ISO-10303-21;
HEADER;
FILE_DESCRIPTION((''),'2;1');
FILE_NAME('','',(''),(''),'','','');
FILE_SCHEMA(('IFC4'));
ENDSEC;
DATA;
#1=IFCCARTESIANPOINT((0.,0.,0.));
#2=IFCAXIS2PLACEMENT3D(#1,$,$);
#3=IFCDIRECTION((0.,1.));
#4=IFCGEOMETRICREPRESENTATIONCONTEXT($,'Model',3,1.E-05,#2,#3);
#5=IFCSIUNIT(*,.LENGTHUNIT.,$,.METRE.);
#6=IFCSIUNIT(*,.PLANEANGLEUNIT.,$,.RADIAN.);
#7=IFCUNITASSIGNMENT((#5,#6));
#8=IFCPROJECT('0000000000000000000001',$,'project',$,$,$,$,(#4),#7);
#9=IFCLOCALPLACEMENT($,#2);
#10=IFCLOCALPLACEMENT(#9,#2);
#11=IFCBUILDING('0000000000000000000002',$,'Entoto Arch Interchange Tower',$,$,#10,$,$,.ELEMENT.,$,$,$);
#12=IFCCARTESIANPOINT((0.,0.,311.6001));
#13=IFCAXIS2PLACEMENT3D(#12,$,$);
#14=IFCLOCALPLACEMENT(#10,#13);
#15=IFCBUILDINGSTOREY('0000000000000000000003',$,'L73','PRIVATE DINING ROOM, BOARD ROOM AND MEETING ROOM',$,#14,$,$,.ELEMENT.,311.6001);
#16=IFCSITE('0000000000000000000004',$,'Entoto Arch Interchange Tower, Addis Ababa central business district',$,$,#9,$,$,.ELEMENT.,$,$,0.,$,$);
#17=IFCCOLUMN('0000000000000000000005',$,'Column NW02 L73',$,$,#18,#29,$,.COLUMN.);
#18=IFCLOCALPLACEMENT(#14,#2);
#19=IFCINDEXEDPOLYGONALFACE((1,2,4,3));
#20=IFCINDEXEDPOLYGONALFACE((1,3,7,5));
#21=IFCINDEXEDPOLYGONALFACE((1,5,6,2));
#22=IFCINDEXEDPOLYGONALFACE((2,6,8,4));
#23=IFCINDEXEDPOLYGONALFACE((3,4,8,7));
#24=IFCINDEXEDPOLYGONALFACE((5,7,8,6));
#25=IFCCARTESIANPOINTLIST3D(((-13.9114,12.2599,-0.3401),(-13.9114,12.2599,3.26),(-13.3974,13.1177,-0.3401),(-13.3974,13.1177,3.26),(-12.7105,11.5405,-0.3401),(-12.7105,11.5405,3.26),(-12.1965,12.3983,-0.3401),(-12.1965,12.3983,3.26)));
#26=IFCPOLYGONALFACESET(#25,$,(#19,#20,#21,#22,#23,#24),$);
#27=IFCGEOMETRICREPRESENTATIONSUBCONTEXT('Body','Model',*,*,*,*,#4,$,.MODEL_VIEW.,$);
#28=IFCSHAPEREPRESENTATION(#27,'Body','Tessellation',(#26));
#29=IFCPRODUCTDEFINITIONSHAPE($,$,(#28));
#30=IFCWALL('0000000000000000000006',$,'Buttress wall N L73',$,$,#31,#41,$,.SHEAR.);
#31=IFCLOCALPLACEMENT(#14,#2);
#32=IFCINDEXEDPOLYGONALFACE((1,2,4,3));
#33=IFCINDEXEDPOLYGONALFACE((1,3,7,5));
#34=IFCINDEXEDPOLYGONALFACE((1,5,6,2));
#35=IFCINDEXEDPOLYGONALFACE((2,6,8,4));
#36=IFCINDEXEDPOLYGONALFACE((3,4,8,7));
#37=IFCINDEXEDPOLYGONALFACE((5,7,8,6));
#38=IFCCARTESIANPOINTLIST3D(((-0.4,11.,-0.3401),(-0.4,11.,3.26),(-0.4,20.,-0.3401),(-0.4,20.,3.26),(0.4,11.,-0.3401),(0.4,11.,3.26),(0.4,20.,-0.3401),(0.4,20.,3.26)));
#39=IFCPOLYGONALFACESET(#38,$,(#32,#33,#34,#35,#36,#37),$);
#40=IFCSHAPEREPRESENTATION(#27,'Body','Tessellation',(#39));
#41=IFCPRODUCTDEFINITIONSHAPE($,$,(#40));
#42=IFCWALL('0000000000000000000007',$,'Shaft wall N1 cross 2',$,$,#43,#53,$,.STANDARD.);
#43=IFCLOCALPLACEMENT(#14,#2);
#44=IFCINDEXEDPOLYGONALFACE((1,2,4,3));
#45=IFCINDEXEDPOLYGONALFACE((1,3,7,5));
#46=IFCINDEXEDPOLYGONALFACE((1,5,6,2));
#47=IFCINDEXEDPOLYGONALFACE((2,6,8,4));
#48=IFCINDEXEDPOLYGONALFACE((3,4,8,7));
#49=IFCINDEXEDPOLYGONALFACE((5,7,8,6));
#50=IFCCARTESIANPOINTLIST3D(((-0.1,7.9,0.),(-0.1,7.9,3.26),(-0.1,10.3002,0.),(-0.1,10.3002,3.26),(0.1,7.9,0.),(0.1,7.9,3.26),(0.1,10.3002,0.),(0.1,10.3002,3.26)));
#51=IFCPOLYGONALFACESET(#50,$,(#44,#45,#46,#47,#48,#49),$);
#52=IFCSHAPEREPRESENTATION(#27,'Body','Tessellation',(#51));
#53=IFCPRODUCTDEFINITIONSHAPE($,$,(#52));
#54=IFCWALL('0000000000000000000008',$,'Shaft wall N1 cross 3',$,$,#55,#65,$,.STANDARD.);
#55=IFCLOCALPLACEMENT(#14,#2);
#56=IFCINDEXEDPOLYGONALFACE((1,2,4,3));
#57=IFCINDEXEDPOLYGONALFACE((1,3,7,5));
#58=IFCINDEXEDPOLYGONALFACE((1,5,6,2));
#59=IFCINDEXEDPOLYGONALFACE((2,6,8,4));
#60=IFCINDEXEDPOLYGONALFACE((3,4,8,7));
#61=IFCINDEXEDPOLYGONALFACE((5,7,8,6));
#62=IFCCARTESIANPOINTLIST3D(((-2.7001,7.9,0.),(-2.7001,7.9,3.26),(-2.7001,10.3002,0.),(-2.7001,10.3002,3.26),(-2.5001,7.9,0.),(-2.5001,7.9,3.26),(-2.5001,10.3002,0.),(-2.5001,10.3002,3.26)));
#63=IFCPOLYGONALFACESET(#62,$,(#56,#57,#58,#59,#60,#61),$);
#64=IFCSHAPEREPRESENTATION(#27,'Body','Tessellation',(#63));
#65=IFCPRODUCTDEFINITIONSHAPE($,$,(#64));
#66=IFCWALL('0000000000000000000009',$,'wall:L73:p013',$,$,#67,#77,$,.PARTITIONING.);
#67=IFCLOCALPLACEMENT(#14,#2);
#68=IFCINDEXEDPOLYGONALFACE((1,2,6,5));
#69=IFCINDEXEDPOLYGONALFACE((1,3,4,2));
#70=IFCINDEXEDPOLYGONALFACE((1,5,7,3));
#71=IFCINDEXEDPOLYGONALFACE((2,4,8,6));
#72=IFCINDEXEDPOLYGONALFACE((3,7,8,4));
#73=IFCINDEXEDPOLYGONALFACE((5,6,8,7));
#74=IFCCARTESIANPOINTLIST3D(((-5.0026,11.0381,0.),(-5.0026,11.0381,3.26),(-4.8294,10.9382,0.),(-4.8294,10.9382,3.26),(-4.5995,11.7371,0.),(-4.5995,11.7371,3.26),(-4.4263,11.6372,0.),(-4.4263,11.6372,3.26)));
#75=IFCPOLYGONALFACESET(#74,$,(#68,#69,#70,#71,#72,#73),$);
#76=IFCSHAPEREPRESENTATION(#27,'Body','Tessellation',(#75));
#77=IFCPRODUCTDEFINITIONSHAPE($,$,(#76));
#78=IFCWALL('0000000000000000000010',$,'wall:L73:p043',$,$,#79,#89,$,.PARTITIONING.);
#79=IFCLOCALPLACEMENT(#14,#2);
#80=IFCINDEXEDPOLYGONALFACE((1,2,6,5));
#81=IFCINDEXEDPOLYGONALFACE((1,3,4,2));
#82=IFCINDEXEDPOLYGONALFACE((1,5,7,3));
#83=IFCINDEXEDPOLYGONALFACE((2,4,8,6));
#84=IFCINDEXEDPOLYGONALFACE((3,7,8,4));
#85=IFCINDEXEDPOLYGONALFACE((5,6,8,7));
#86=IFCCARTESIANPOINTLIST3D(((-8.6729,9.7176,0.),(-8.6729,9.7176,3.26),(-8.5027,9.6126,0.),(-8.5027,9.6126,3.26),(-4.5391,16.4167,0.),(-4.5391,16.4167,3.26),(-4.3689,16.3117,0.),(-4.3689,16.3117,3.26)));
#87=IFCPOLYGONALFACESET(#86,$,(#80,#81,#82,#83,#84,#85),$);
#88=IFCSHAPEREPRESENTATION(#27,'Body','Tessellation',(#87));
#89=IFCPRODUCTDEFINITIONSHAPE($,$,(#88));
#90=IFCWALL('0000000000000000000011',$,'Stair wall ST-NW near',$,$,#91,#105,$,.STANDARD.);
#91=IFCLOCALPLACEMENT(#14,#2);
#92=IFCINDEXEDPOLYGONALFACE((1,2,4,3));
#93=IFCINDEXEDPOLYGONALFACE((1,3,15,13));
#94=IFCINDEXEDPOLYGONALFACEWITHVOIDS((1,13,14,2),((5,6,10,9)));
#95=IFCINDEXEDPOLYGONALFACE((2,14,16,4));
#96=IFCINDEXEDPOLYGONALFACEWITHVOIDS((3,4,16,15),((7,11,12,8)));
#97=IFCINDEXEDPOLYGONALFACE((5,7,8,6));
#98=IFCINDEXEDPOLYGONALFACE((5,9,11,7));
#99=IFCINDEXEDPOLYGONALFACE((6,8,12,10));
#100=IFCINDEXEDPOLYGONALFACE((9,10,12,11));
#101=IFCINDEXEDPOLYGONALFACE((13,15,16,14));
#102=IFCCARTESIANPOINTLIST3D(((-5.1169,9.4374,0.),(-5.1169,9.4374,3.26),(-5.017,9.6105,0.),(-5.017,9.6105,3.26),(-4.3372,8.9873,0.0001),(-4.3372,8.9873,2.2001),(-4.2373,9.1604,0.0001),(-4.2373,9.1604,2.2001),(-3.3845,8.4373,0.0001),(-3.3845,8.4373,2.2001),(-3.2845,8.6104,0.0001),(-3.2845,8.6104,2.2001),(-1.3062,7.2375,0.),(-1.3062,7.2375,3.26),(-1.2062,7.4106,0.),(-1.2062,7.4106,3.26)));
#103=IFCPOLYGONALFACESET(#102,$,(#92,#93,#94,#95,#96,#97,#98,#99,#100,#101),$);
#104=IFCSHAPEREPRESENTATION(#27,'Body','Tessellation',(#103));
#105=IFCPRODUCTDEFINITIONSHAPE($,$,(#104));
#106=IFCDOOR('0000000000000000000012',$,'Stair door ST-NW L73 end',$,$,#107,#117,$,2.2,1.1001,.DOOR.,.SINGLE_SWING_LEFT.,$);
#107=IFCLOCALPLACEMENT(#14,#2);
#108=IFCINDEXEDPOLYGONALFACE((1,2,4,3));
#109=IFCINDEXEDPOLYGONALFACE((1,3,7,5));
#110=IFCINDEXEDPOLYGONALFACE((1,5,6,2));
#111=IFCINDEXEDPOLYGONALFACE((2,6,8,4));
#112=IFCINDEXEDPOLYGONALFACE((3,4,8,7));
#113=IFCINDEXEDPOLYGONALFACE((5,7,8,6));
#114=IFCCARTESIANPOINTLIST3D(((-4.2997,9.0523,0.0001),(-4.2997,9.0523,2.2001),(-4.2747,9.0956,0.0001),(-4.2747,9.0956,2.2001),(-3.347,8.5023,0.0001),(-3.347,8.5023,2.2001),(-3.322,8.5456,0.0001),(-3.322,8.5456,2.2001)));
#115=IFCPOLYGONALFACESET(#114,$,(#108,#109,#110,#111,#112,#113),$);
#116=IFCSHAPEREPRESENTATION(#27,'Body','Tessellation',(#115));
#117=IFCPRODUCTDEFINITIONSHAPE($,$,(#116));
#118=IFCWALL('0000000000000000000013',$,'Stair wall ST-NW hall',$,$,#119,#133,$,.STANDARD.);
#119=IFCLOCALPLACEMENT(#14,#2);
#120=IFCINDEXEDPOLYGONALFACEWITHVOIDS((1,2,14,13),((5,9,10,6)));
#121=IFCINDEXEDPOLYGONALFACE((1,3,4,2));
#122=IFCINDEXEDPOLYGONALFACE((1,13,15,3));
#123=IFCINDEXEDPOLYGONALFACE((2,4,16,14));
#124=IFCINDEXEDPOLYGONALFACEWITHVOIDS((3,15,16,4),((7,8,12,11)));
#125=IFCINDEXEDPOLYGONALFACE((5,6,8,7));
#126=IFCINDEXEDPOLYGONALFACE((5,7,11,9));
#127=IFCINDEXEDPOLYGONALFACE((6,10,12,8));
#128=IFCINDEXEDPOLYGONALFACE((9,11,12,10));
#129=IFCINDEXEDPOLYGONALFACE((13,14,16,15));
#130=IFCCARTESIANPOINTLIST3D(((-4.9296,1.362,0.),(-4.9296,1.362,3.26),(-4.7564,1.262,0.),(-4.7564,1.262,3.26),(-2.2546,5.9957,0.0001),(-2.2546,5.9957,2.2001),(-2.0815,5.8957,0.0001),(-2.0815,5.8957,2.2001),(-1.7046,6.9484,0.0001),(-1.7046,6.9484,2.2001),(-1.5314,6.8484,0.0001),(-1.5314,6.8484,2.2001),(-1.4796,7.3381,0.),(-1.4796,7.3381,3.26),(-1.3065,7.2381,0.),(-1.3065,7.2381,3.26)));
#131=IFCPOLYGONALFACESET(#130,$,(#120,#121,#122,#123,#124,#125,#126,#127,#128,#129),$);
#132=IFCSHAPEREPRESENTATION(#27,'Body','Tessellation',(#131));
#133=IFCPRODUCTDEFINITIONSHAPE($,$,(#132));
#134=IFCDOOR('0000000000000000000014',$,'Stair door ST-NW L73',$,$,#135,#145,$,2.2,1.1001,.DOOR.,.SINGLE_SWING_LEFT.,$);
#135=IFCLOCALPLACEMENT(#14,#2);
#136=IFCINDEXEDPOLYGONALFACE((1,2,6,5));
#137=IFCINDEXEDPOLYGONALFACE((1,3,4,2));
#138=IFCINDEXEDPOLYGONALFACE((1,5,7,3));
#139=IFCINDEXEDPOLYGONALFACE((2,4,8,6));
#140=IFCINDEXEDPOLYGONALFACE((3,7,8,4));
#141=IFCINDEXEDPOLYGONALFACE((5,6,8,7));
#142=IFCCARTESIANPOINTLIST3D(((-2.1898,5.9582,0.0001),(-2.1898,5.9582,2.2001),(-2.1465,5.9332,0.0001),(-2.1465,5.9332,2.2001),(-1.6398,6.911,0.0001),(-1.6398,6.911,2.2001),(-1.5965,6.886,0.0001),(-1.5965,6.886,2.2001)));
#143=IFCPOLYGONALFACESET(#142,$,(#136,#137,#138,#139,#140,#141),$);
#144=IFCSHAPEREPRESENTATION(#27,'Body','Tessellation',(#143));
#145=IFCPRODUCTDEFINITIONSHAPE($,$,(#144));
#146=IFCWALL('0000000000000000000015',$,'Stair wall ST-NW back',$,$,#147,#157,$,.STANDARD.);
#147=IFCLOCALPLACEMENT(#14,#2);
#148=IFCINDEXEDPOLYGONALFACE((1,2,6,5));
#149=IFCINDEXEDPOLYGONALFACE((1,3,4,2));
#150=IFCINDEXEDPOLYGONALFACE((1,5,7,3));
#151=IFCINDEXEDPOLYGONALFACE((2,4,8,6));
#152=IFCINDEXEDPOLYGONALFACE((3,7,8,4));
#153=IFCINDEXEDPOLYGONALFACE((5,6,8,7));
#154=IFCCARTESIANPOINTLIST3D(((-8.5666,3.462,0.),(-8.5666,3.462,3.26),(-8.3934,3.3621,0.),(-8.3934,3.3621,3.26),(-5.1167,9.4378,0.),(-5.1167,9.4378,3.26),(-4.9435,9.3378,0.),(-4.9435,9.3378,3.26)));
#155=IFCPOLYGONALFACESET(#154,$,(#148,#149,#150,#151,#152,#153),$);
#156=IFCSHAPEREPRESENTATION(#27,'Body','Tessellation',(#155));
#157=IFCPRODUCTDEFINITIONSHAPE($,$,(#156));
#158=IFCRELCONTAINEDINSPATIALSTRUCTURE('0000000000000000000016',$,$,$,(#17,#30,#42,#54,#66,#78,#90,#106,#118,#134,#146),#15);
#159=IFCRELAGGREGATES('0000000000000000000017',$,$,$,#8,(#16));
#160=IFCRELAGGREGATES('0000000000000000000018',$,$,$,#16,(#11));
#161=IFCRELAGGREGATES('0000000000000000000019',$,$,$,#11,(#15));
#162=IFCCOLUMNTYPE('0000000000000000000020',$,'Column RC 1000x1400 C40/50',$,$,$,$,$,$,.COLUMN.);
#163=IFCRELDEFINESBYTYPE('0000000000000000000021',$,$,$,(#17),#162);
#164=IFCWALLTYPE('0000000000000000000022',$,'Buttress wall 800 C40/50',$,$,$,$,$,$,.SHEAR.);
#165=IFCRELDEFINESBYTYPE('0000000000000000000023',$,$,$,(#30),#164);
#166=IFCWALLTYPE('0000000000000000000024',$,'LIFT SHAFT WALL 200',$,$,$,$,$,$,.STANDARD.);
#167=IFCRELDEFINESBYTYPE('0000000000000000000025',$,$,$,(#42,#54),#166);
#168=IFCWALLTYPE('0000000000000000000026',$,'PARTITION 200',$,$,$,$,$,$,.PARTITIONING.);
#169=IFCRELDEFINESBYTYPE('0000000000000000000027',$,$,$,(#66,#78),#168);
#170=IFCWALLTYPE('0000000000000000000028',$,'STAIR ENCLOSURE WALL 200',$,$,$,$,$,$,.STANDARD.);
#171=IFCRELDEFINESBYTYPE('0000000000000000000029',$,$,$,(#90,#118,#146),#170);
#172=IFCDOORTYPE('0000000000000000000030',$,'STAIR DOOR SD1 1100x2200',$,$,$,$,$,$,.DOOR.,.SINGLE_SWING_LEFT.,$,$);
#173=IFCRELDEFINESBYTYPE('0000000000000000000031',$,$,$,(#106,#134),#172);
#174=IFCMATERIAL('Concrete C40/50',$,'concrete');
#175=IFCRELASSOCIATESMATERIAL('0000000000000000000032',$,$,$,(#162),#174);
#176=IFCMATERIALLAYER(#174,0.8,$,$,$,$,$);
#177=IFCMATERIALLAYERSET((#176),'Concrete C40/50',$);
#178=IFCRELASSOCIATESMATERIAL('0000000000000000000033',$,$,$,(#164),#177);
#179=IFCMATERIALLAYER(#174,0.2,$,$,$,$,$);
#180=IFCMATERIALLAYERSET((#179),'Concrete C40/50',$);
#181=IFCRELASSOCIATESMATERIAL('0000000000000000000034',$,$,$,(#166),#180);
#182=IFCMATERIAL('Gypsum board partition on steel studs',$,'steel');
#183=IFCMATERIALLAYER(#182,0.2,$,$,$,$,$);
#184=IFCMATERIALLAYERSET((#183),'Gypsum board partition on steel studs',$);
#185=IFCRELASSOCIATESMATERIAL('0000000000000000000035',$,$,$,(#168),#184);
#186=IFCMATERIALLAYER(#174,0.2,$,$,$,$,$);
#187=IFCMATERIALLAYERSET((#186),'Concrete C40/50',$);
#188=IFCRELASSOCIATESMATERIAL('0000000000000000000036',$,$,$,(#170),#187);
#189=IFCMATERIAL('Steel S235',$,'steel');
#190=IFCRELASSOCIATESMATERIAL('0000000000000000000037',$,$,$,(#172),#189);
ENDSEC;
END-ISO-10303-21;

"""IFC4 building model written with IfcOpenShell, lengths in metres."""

from ifc_helpers import new_model, si_unit, direction, frame, frame_2d, origin, origin_2d, place, context, subcontext, project, spatial, rectangle, extrude, material, layer, layer_set, material_profile, profile_set, type_object, element, fill, save


model = new_model("IFC4")

# Units and contexts
model_context = context("Model", 3, precision=1e-05, world=origin(), true_north=direction((0.0, 1.0)))
body_context = subcontext(model_context, "Body", "Model", "MODEL_VIEW")
ifc_project = project(units=[si_unit("LENGTHUNIT", "METRE"), si_unit("PLANEANGLEUNIT", "RADIAN")], contexts=[model_context])

# Site, building, storey
site_placement = place(None, origin())
site = spatial("IfcSite", under=ifc_project, at=site_placement, Name="Entoto Arch Interchange Tower, Addis Ababa central business district", CompositionType="ELEMENT", RefElevation=0.0)
building_placement = place(site_placement, origin())
building = spatial("IfcBuilding", under=site, at=building_placement, Name="Entoto Arch Interchange Tower", CompositionType="ELEMENT")
storey_placement = place(building_placement, frame((0.0, 0.0, 311.6001)))
storey = spatial("IfcBuildingStorey", under=building, at=storey_placement, Name="L73", Description="PRIVATE DINING ROOM, BOARD ROOM AND MEETING ROOM", CompositionType="ELEMENT", Elevation=311.6001)

# Column
ifc_material_1 = material(Name="Concrete C40/50", Category="concrete")
ifc_material_profile = material_profile(ifc_material_1, rectangle(XDim=1.0, YDim=1.3999, at=origin_2d()))
ifc_profile_set = profile_set([ifc_material_profile], Name="Concrete C40/50")
column_type = type_object("IfcColumnType", Name="Column RC 1000x1400 C40/50", PredefinedType="COLUMN", material=ifc_profile_set)
column_placement = place(storey_placement, frame((-13.054, 12.3291, -0.3401), z_axis=(0.0, 0.0, 1.0), x_axis=(0.513946, 0.857823, 0.0)))
element("IfcColumn", 1, at=column_placement, inside=storey, type_object=column_type, Name="Column NW02 L73", PredefinedType="COLUMN", context=body_context, shape_type="SweptSolid", body=[
    extrude(rectangle(XDim=1.0, YDim=1.3999, at=origin_2d()), origin(), (0.0, 0.0, 1.0), 3.6001),
])

# Walls
ifc_layer_1 = layer(ifc_material_1, 0.8)
ifc_layer_set_1 = layer_set([ifc_layer_1], Name="Concrete C40/50")
wall_type_1 = type_object("IfcWallType", Name="Buttress wall 800 C40/50", PredefinedType="SHEAR", material=ifc_layer_set_1)
wall_1_placement = place(storey_placement, frame((0.0, 11.0, -0.3401), z_axis=(0.0, 0.0, 1.0), x_axis=(0.0, 1.0, 0.0)))
element("IfcWall", 2, at=wall_1_placement, inside=storey, type_object=wall_type_1, Name="Buttress wall N L73", PredefinedType="SHEAR", context=body_context, shape_type="SweptSolid", body=[
    extrude(rectangle(XDim=9.0, YDim=0.8, at=frame_2d((4.5, 0.0))), origin(), (0.0, 0.0, 1.0), 3.6001),
])
ifc_layer_2 = layer(ifc_material_1, 0.2)
ifc_layer_set_2 = layer_set([ifc_layer_2], Name="Concrete C40/50")
wall_type_2 = type_object("IfcWallType", Name="LIFT SHAFT WALL 200", PredefinedType="STANDARD", material=ifc_layer_set_2)
for number, where, z_axis, x_axis, name in (
    (3, (0.0, 7.8999, 0.0), (0.0, 0.0, 1.0), (0.0, 1.0, 0.0), "Shaft wall N1 cross 2"),
    (4, (-2.6001, 7.8999, 0.0), (0.0, 0.0, 1.0), (0.0, 1.0, 0.0), "Shaft wall N1 cross 3"),
):
    element("IfcWall", number, at=place(storey_placement, frame(where, z_axis=z_axis, x_axis=x_axis)), inside=storey, type_object=wall_type_2, Name=name, PredefinedType="STANDARD", context=body_context, shape_type="SweptSolid", body=[
        extrude(rectangle(XDim=2.4001, YDim=0.2, at=frame_2d((1.2002, 0.0))), origin(), (0.0, 0.0, 1.0), 3.26),
    ])
ifc_material_2 = material(Name="Gypsum board partition on steel studs", Category="steel")
ifc_layer_3 = layer(ifc_material_2, 0.2)
ifc_layer_set_3 = layer_set([ifc_layer_3], Name="Gypsum board partition on steel studs")
wall_type_3 = type_object("IfcWallType", Name="PARTITION 200", PredefinedType="PARTITIONING", material=ifc_layer_set_3)
wall_2_placement = place(storey_placement, frame((-4.5129, 11.687, 0.0), z_axis=(0.0, 0.0, 1.0), x_axis=(-0.499557, -0.866281, 0.0)))
element("IfcWall", 5, at=wall_2_placement, inside=storey, type_object=wall_type_3, Name="wall:L73:p013", PredefinedType="PARTITIONING", context=body_context, shape_type="SweptSolid", body=[
    extrude(rectangle(XDim=0.8069, YDim=0.2, at=frame_2d((0.4033, 0.0))), origin(), (0.0, 0.0, 1.0), 3.26),
])
wall_3_placement = place(storey_placement, frame((-8.5879, 9.665, 0.0), z_axis=(0.0, 0.0, 1.0), x_axis=(0.525142, 0.851014, 0.0)))
element("IfcWall", 6, at=wall_3_placement, inside=storey, type_object=wall_type_3, Name="wall:L73:p043", PredefinedType="PARTITIONING", context=body_context, shape_type="SweptSolid", body=[
    extrude(rectangle(XDim=7.8718, YDim=0.2, at=frame_2d((3.936, 0.0))), origin(), (0.0, 0.0, 1.0), 3.26),
])

# Walls, openings, doors
ifc_layer_4 = layer(ifc_material_1, 0.2)
ifc_layer_set_4 = layer_set([ifc_layer_4], Name="Concrete C40/50")
wall_type_4 = type_object("IfcWallType", Name="STAIR ENCLOSURE WALL 200", PredefinedType="STANDARD", material=ifc_layer_set_4)
wall_4_placement = place(storey_placement, frame((-1.2561, 7.324, 0.0), z_axis=(0.0, 0.0, 1.0), x_axis=(-0.866046, 0.499964, 0.0)))
wall_4 = element("IfcWall", 7, at=wall_4_placement, inside=storey, type_object=wall_type_4, Name="Stair wall ST-NW near", PredefinedType="STANDARD", context=body_context, shape_type="SweptSolid", body=[
    extrude(rectangle(XDim=4.4001, YDim=0.2, at=frame_2d((2.2002, 0.0))), origin(), (0.0, 0.0, 1.0), 3.26),
])
opening_1_placement = place(wall_4_placement, frame((2.3999, 0.0, 0.0)))
opening_1 = element("IfcOpeningElement", 8, at=opening_1_placement, cuts=wall_4, PredefinedType="OPENING", context=body_context, shape_type="SweptSolid", body=[
    extrude(rectangle(XDim=1.1001, YDim=2.2, at=frame_2d((0.55, 1.1001))), frame((0.0, 0.1099, 0.0), z_axis=(0.0, -1.0, 0.0), x_axis=(1.0, 0.0, 0.0)), (0.0, 0.0, 1.0), 0.22),
])
ifc_material_3 = material(Name="Steel S235", Category="steel")
door_type = type_object("IfcDoorType", Name="STAIR DOOR SD1 1100x2200", OperationType="SINGLE_SWING_LEFT", PredefinedType="DOOR", material=ifc_material_3)
door_1_placement = place(opening_1_placement, origin())
door_1 = element("IfcDoor", 9, at=door_1_placement, inside=storey, type_object=door_type, Name="Stair door ST-NW L73 end", OperationType="SINGLE_SWING_LEFT", OverallHeight=2.2, OverallWidth=1.1001, PredefinedType="DOOR", context=body_context, shape_type="SweptSolid", body=[
    extrude(rectangle(XDim=1.1001, YDim=2.2, at=frame_2d((0.55, 1.1001))), frame((0.0, 0.0249, 0.0), z_axis=(0.0, -1.0, 0.0), x_axis=(1.0, 0.0, 0.0)), (0.0, 0.0, 1.0), 0.05),
])
fill(opening_1, door_1)
wall_5_placement = place(storey_placement, frame((-1.3931, 7.2881, 0.0), z_axis=(0.0, 0.0, 1.0), x_axis=(-0.499963, -0.866047, 0.0)))
wall_5 = element("IfcWall", 10, at=wall_5_placement, inside=storey, type_object=wall_type_4, Name="Stair wall ST-NW hall", PredefinedType="STANDARD", context=body_context, shape_type="SweptSolid", body=[
    extrude(rectangle(XDim=6.9004, YDim=0.2, at=frame_2d((3.4502, 0.0))), origin(), (0.0, 0.0, 1.0), 3.26),
])
opening_2_placement = place(wall_5_placement, frame((0.45, 0.0, 0.0)))
opening_2 = element("IfcOpeningElement", 11, at=opening_2_placement, cuts=wall_5, PredefinedType="OPENING", context=body_context, shape_type="SweptSolid", body=[
    extrude(rectangle(XDim=1.1001, YDim=2.2, at=frame_2d((0.55, 1.1001))), frame((0.0, 0.1099, 0.0), z_axis=(0.0, -1.0, 0.0), x_axis=(1.0, 0.0, 0.0)), (0.0, 0.0, 1.0), 0.22),
])
door_2_placement = place(opening_2_placement, origin())
door_2 = element("IfcDoor", 12, at=door_2_placement, inside=storey, type_object=door_type, Name="Stair door ST-NW L73", OperationType="SINGLE_SWING_LEFT", OverallHeight=2.2, OverallWidth=1.1001, PredefinedType="DOOR", context=body_context, shape_type="SweptSolid", body=[
    extrude(rectangle(XDim=1.1001, YDim=2.2, at=frame_2d((0.55, 1.1001))), frame((0.0, 0.0249, 0.0), z_axis=(0.0, -1.0, 0.0), x_axis=(1.0, 0.0, 0.0)), (0.0, 0.0, 1.0), 0.05),
])
fill(opening_2, door_2)

# Wall
wall_6_placement = place(storey_placement, frame((-5.03, 9.3879, 0.0), z_axis=(0.0, 0.0, 1.0), x_axis=(-0.499979, -0.866038, 0.0)))
element("IfcWall", 13, at=wall_6_placement, inside=storey, type_object=wall_type_4, Name="Stair wall ST-NW back", PredefinedType="STANDARD", context=body_context, shape_type="SweptSolid", body=[
    extrude(rectangle(XDim=6.9001, YDim=0.2, at=frame_2d((3.4502, 0.0))), origin(), (0.0, 0.0, 1.0), 3.26),
])

save(model, "model.ifc")
